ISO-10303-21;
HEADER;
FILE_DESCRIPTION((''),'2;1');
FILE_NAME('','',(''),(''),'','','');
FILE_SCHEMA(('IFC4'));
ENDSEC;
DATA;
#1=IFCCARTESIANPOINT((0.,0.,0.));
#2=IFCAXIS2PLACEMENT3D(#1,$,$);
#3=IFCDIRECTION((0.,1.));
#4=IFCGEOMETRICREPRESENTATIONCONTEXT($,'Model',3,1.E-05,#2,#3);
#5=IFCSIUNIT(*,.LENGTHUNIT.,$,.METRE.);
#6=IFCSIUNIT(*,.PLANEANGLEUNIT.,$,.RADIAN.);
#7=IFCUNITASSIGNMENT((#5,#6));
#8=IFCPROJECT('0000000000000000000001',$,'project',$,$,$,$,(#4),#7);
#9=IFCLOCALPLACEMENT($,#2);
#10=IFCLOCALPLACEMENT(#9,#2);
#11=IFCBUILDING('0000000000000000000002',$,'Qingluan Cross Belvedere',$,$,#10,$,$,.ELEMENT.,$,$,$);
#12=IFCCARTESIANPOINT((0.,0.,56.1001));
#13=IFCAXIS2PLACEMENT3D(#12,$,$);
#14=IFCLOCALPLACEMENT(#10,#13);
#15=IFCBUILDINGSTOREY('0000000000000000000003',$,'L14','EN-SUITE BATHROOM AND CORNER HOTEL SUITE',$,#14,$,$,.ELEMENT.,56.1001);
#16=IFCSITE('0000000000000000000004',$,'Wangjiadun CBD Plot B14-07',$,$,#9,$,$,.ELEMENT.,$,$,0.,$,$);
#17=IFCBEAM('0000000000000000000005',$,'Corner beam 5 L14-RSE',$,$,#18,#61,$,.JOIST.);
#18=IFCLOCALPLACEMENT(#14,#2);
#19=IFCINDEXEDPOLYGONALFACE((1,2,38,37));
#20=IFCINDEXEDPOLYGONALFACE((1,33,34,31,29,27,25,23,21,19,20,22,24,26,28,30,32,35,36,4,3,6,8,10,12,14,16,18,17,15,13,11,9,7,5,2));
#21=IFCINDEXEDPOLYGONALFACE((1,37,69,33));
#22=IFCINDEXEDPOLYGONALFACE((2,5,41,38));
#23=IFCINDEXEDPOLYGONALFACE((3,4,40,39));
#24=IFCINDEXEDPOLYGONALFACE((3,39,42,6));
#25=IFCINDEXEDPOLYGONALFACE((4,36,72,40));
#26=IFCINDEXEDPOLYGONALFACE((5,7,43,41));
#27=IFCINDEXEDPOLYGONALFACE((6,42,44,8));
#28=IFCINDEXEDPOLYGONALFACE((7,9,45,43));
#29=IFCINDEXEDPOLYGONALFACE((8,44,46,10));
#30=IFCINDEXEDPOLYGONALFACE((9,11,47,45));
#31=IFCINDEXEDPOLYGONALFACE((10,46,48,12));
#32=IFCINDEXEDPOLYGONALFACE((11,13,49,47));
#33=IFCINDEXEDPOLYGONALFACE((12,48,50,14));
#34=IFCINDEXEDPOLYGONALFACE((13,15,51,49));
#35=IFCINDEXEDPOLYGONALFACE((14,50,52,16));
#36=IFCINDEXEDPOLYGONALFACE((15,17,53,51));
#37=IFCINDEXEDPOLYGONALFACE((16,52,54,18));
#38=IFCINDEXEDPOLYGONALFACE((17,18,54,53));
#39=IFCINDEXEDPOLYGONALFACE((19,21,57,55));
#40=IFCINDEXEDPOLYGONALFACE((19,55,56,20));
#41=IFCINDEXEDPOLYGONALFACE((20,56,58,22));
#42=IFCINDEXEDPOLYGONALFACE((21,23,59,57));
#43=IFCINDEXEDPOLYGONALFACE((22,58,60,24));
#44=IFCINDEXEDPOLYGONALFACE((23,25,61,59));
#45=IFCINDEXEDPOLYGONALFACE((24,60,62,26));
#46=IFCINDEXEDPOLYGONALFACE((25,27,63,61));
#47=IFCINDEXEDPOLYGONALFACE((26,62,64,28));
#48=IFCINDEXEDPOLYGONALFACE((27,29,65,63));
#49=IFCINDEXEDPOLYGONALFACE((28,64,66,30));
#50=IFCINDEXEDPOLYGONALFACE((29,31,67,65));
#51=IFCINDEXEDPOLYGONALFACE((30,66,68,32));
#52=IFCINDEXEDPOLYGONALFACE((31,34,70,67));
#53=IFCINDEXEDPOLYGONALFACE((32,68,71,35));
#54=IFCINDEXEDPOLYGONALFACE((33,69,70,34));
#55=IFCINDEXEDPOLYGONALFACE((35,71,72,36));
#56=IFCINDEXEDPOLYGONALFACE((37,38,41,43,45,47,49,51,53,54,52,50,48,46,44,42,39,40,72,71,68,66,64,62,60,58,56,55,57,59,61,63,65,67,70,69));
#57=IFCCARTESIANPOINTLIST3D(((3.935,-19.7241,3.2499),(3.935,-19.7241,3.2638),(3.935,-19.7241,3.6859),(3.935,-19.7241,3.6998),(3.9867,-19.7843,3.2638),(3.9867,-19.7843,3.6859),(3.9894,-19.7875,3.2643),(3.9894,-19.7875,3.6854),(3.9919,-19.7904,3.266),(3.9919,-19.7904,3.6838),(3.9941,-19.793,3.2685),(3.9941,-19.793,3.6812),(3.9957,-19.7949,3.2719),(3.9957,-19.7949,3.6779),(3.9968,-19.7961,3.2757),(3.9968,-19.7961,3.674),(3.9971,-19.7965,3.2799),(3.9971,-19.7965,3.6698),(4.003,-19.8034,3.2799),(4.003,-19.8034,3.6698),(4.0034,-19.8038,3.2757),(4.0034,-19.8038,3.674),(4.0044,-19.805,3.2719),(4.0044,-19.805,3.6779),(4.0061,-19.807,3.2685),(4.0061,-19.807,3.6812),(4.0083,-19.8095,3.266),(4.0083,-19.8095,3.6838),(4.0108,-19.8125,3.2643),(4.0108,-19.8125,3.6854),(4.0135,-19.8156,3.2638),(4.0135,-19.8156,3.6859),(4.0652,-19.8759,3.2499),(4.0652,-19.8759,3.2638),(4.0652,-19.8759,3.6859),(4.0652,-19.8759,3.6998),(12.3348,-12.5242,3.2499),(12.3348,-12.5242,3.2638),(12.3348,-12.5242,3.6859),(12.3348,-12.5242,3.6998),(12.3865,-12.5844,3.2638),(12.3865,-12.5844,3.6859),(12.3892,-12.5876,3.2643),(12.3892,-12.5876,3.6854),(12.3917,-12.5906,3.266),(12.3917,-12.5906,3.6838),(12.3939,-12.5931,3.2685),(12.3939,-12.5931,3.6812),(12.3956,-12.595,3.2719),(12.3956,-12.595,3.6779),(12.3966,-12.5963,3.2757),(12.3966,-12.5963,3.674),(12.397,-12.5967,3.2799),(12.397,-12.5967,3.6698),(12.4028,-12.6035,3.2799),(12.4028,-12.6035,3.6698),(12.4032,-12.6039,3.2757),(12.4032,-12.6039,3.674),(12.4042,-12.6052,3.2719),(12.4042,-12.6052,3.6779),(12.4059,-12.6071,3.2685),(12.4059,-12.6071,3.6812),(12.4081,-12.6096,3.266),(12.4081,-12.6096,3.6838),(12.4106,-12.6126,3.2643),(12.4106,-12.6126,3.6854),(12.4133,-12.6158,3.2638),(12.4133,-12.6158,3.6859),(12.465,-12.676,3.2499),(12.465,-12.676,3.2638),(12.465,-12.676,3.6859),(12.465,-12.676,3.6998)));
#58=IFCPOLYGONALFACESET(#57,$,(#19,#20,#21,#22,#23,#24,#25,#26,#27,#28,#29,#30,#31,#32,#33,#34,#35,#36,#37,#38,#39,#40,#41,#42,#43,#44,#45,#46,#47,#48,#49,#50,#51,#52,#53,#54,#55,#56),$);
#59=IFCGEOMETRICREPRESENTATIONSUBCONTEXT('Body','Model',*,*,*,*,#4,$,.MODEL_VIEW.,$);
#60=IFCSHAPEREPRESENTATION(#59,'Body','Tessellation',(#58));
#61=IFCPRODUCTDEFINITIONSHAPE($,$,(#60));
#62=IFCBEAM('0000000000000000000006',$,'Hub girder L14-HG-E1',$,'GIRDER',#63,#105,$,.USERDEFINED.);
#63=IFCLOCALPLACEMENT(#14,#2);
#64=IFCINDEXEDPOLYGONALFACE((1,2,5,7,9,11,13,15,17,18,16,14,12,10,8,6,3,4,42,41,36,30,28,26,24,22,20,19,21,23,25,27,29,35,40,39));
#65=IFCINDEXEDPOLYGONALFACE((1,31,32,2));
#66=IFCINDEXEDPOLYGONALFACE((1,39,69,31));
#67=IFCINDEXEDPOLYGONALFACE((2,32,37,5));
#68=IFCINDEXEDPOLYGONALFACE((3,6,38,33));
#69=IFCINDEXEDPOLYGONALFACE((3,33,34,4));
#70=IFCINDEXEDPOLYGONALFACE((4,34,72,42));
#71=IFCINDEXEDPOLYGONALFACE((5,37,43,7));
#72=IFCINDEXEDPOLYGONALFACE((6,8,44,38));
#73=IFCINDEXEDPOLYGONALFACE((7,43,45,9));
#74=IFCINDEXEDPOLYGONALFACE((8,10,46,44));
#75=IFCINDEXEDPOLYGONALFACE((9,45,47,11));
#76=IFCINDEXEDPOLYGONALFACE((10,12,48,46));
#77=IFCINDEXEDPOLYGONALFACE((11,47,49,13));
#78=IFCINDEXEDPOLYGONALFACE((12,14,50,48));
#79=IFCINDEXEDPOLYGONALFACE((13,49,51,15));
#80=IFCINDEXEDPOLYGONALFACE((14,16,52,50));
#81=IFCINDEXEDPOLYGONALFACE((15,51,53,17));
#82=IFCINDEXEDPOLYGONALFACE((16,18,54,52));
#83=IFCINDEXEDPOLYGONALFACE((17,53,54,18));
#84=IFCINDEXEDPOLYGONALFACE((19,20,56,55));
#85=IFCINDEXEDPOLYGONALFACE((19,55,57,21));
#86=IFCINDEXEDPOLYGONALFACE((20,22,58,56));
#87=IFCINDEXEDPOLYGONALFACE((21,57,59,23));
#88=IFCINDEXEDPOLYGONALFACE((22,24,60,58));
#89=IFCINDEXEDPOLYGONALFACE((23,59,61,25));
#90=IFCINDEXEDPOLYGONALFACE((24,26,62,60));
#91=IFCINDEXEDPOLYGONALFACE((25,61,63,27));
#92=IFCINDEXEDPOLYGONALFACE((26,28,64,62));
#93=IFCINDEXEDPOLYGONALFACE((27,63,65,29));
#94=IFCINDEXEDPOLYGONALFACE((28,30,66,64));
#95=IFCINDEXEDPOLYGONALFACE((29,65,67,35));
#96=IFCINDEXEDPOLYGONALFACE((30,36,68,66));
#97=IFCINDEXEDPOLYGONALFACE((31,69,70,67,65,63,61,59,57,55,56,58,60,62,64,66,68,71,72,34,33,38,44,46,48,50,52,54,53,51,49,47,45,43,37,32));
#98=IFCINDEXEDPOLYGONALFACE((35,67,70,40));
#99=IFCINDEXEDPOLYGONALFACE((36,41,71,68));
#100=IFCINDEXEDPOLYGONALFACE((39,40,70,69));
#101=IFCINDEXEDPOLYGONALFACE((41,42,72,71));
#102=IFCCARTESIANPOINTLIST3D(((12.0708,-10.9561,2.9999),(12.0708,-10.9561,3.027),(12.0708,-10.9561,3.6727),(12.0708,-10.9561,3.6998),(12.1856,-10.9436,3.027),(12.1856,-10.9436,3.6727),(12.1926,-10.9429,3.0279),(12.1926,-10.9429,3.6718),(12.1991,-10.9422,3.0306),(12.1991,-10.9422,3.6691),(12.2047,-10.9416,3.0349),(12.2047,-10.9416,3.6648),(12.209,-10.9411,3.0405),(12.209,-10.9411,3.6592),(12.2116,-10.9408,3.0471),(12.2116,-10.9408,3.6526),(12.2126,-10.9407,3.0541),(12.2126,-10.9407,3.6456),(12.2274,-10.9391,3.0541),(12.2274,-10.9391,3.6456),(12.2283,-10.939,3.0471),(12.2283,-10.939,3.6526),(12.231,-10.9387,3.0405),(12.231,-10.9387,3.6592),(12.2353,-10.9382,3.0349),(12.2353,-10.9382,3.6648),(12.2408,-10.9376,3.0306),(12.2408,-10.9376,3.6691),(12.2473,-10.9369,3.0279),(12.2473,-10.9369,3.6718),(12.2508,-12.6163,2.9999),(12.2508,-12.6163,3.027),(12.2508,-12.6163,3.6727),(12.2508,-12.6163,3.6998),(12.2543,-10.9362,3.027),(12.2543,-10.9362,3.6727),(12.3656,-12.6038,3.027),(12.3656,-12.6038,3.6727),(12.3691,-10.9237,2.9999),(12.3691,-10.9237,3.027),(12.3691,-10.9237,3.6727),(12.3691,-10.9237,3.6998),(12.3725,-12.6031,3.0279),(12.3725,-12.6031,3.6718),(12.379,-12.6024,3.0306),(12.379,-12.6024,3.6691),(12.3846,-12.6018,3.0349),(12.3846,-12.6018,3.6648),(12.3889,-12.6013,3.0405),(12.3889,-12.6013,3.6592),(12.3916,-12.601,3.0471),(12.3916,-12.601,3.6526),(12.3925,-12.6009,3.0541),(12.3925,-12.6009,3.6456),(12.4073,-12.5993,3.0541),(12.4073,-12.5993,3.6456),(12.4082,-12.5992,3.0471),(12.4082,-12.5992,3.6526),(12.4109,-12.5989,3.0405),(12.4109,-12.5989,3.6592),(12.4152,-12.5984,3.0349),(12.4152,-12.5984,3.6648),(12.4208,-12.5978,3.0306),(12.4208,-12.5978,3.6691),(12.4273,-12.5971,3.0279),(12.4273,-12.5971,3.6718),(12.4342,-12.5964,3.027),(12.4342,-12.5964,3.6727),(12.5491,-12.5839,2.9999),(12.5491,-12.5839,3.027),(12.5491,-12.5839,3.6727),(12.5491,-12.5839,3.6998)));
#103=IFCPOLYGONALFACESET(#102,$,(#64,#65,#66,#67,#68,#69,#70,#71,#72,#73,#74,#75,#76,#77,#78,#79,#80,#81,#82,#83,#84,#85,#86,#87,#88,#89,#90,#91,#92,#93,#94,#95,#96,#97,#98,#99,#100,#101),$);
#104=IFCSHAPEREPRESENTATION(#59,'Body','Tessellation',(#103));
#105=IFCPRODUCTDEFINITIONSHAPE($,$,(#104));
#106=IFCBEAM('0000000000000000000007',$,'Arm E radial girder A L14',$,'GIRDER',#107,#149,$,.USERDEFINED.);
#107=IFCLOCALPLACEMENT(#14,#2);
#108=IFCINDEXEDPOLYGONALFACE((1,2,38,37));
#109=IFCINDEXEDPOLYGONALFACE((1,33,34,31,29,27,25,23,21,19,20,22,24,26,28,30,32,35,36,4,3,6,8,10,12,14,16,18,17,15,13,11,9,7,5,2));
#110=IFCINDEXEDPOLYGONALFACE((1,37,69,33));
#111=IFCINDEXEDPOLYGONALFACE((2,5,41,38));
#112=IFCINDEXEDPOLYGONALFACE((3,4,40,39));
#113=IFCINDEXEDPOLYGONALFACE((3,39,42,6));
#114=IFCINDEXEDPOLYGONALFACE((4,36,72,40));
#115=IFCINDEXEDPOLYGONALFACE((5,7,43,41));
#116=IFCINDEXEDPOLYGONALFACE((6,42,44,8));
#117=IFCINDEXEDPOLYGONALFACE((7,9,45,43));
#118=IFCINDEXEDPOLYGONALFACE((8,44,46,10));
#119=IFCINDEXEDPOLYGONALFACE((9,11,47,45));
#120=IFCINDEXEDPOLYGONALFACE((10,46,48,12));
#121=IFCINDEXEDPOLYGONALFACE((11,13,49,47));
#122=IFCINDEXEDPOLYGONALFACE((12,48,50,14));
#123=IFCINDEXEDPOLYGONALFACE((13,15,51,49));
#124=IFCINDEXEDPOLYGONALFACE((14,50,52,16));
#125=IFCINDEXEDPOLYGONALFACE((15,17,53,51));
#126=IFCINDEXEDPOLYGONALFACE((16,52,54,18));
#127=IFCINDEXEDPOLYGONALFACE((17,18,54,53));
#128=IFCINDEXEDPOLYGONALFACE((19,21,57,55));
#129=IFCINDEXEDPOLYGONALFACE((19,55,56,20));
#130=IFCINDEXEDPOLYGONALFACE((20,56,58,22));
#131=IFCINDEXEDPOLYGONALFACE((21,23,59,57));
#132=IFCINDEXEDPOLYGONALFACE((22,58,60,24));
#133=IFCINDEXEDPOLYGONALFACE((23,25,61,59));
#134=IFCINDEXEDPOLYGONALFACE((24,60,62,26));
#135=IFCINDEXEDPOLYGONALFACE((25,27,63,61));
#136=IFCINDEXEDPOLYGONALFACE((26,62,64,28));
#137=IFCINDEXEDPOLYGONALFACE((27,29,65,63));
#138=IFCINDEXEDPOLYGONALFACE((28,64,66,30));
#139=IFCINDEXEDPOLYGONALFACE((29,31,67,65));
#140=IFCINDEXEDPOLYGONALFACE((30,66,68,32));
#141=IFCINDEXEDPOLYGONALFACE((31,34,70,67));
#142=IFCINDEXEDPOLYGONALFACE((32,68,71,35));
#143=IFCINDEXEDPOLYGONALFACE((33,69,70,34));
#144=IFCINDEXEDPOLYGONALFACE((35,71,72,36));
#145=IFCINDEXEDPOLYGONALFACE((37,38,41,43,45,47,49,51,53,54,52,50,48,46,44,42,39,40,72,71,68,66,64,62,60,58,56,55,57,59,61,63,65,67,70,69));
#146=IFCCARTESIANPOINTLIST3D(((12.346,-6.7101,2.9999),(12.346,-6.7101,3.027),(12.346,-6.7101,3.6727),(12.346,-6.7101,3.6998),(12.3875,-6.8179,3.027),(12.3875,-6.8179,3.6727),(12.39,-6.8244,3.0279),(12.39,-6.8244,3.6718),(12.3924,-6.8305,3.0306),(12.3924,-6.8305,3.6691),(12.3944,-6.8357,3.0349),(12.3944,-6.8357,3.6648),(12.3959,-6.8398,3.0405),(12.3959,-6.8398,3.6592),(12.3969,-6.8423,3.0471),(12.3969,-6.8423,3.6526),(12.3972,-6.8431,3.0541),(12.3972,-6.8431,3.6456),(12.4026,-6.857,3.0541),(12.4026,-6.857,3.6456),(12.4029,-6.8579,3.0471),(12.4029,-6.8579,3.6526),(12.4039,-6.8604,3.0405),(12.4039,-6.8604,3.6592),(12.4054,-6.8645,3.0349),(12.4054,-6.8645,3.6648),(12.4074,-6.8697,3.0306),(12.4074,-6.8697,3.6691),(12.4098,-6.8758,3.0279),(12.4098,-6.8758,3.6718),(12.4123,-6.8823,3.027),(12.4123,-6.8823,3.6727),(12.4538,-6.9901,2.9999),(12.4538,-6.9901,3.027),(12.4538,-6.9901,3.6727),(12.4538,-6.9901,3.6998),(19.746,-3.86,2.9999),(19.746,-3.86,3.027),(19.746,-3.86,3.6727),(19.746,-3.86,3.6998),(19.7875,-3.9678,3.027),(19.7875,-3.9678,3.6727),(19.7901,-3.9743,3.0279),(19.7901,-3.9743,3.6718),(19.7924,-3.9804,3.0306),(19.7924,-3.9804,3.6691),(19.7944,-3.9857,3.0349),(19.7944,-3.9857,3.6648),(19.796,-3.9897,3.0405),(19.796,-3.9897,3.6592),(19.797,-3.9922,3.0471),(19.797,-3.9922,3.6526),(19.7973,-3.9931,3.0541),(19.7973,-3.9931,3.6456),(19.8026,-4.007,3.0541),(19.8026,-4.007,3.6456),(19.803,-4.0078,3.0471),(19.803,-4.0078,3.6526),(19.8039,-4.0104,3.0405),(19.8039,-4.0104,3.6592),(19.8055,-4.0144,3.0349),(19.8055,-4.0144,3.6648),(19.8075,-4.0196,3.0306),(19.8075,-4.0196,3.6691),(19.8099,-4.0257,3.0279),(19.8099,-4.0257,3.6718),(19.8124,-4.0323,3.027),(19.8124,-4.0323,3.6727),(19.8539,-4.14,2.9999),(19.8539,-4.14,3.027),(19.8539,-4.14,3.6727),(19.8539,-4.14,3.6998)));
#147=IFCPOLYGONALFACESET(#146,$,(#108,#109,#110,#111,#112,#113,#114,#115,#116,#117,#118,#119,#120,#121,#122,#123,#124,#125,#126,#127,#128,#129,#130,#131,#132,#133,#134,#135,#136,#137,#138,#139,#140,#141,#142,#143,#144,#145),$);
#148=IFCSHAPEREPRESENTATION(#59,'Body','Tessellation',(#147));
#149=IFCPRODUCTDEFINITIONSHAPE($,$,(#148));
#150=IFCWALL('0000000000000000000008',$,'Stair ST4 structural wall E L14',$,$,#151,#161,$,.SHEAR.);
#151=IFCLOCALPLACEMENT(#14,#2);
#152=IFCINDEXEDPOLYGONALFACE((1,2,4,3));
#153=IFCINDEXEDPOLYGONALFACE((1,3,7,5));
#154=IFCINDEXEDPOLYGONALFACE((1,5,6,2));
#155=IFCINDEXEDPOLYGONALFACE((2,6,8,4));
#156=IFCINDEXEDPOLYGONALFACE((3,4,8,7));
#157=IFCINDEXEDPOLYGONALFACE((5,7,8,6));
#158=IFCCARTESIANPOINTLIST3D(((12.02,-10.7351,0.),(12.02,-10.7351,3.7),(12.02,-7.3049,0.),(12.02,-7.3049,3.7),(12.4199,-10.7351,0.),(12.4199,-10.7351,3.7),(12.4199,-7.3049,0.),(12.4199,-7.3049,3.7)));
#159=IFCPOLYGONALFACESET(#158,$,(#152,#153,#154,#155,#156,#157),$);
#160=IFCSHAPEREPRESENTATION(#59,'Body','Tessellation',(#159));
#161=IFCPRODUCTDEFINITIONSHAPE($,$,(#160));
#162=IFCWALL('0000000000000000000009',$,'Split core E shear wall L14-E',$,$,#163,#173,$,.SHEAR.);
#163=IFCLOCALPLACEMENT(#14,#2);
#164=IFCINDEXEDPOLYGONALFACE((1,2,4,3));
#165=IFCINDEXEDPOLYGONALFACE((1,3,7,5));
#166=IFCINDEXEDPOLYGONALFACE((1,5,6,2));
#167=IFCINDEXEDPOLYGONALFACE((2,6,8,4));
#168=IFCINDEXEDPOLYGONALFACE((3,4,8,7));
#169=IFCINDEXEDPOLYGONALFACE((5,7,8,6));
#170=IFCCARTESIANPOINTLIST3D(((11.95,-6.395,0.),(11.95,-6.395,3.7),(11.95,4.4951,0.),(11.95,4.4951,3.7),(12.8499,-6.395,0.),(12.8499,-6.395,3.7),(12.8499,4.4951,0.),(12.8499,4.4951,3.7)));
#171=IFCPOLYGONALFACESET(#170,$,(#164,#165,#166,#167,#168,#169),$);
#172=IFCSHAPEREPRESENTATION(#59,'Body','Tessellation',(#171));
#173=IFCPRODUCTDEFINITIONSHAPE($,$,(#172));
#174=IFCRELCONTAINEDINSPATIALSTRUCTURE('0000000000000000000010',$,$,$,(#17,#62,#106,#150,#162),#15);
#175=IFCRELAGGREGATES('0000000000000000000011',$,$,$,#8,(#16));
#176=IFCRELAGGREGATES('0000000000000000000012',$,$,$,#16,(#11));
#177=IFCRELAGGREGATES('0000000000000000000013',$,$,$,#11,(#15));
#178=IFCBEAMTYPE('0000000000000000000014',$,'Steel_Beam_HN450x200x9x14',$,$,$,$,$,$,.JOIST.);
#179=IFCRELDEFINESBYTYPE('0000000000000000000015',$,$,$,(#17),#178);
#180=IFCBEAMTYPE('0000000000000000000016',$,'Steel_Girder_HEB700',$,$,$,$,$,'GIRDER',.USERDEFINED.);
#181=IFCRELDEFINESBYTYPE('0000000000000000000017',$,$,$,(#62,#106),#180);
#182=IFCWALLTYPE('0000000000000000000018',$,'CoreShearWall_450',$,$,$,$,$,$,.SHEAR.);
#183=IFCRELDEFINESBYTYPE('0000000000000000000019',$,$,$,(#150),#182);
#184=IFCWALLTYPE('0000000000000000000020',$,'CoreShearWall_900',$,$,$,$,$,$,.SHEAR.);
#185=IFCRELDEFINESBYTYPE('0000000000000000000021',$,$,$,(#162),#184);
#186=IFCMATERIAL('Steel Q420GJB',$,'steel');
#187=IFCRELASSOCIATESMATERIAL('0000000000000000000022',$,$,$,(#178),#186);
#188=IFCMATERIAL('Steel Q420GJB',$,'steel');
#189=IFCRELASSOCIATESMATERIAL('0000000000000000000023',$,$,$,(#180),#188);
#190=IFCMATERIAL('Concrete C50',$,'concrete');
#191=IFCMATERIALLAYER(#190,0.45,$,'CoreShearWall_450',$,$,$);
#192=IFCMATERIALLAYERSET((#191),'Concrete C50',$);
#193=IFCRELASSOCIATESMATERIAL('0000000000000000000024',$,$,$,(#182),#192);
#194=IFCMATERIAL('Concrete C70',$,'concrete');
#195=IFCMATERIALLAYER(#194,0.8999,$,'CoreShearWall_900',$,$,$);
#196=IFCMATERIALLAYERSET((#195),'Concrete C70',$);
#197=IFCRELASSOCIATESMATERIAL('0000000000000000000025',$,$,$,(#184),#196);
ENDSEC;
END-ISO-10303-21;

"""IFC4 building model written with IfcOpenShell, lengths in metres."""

from ifc_helpers import new_model, si_unit, direction, frame, frame_2d, origin, origin_2d, place, context, subcontext, project, spatial, rectangle, i_section, extrude, material, layer, layer_set, material_profile, profile_set, type_object, element, save


model = new_model("IFC4")

# Units and contexts
model_context = context("Model", 3, precision=1e-05, world=origin(), true_north=direction((0.0, 1.0)))
body_context = subcontext(model_context, "Body", "Model", "MODEL_VIEW")
ifc_project = project(units=[si_unit("LENGTHUNIT", "METRE"), si_unit("PLANEANGLEUNIT", "RADIAN")], contexts=[model_context])

# Site, building, storey
site_placement = place(None, origin())
site = spatial("IfcSite", under=ifc_project, at=site_placement, Name="Wangjiadun CBD Plot B14-07", CompositionType="ELEMENT", RefElevation=0.0)
building_placement = place(site_placement, origin())
building = spatial("IfcBuilding", under=site, at=building_placement, Name="Qingluan Cross Belvedere", CompositionType="ELEMENT")
storey_placement = place(building_placement, frame((0.0, 0.0, 56.1001)))
storey = spatial("IfcBuildingStorey", under=building, at=storey_placement, Name="L14", Description="EN-SUITE BATHROOM AND CORNER HOTEL SUITE", CompositionType="ELEMENT", Elevation=56.1001)

# Beams
ifc_material_1 = material(Name="Steel Q420GJB", Category="steel")
ifc_material_profile_1 = material_profile(ifc_material_1, i_section(OverallWidth=0.2, OverallDepth=0.45, WebThickness=0.009, FlangeThickness=0.0139, FilletRadius=0.0161, at=origin_2d()), Name="HN450x200x9x14")
ifc_profile_set_1 = profile_set([ifc_material_profile_1], Name="Steel Q420GJB")
beam_type_1 = type_object("IfcBeamType", Name="Steel_Beam_HN450x200x9x14", PredefinedType="JOIST", material=ifc_profile_set_1)
beam_1_placement = place(storey_placement, frame((12.3999, -12.6001, 3.4749), z_axis=(-0.759255, -0.650793, 0.0), x_axis=(0.650793, -0.759255, 0.0)))
element("IfcBeam", 1, at=beam_1_placement, inside=storey, type_object=beam_type_1, Name="Corner beam 5 L14-RSE", PredefinedType="JOIST", context=body_context, shape_type="SweptSolid", body=[
    extrude(i_section(OverallWidth=0.2, OverallDepth=0.45, WebThickness=0.009, FlangeThickness=0.0139, FilletRadius=0.0161, at=origin_2d()), origin(), (0.0, 0.0, 1.0), 11.0632),
])
ifc_material_2 = material(Name="Steel Q420GJB", Category="steel")
ifc_material_profile_2 = material_profile(ifc_material_2, i_section(OverallWidth=0.3, OverallDepth=0.7, WebThickness=0.0149, FlangeThickness=0.0271, FilletRadius=0.0271, at=origin_2d()), Name="HEB700")
ifc_profile_set_2 = profile_set([ifc_material_profile_2], Name="Steel Q420GJB")
beam_type_2 = type_object("IfcBeamType", Name="Steel_Girder_HEB700", ElementType="GIRDER", PredefinedType="USERDEFINED", material=ifc_profile_set_2)
beam_2_placement = place(storey_placement, frame((12.3999, -12.6001, 3.3499), z_axis=(-0.107751, 0.994178, 0.0), x_axis=(-0.994178, -0.107751, 0.0)))
element("IfcBeam", 2, at=beam_2_placement, inside=storey, type_object=beam_type_2, Name="Hub girder L14-HG-E1", ObjectType="GIRDER", PredefinedType="USERDEFINED", context=body_context, shape_type="SweptSolid", body=[
    extrude(i_section(OverallWidth=0.3, OverallDepth=0.7, WebThickness=0.0149, FlangeThickness=0.0271, FilletRadius=0.0271, at=origin_2d()), origin(), (0.0, 0.0, 1.0), 1.6699),
])
beam_3_placement = place(storey_placement, frame((12.3999, -6.8501, 3.3499), z_axis=(0.933181, 0.359406, 0.0), x_axis=(-0.359406, 0.933181, 0.0)))
element("IfcBeam", 3, at=beam_3_placement, inside=storey, type_object=beam_type_2, Name="Arm E radial girder A L14", ObjectType="GIRDER", PredefinedType="USERDEFINED", context=body_context, shape_type="SweptSolid", body=[
    extrude(i_section(OverallWidth=0.3, OverallDepth=0.7, WebThickness=0.0149, FlangeThickness=0.0271, FilletRadius=0.0271, at=origin_2d()), origin(), (0.0, 0.0, 1.0), 7.9299),
])

# Walls
ifc_material_3 = material(Name="Concrete C50", Category="concrete")
ifc_layer_1 = layer(ifc_material_3, 0.45, Name="CoreShearWall_450")
ifc_layer_set_1 = layer_set([ifc_layer_1], Name="Concrete C50")
wall_type_1 = type_object("IfcWallType", Name="CoreShearWall_450", PredefinedType="SHEAR", material=ifc_layer_set_1)
wall_1_placement = place(storey_placement, frame((12.22, -10.7351, 0.0), z_axis=(0.0, 0.0, 1.0), x_axis=(0.0, 1.0, 0.0)))
element("IfcWall", 4, at=wall_1_placement, inside=storey, type_object=wall_type_1, Name="Stair ST4 structural wall E L14", PredefinedType="SHEAR", context=body_context, shape_type="SweptSolid", body=[
    extrude(rectangle(XDim=3.4302, YDim=0.3999, at=frame_2d((1.7151, 0.0))), origin(), (0.0, 0.0, 1.0), 3.7),
])
ifc_material_4 = material(Name="Concrete C70", Category="concrete")
ifc_layer_2 = layer(ifc_material_4, 0.8999, Name="CoreShearWall_900")
ifc_layer_set_2 = layer_set([ifc_layer_2], Name="Concrete C70")
wall_type_2 = type_object("IfcWallType", Name="CoreShearWall_900", PredefinedType="SHEAR", material=ifc_layer_set_2)
wall_2_placement = place(storey_placement, frame((12.3999, -6.395, 0.0), z_axis=(0.0, 0.0, 1.0), x_axis=(0.0, 1.0, 0.0)))
element("IfcWall", 5, at=wall_2_placement, inside=storey, type_object=wall_type_2, Name="Split core E shear wall L14-E", PredefinedType="SHEAR", context=body_context, shape_type="SweptSolid", body=[
    extrude(rectangle(XDim=10.8901, YDim=0.8999, at=frame_2d((5.4451, 0.0))), origin(), (0.0, 0.0, 1.0), 3.7),
])

save(model, "model.ifc")
